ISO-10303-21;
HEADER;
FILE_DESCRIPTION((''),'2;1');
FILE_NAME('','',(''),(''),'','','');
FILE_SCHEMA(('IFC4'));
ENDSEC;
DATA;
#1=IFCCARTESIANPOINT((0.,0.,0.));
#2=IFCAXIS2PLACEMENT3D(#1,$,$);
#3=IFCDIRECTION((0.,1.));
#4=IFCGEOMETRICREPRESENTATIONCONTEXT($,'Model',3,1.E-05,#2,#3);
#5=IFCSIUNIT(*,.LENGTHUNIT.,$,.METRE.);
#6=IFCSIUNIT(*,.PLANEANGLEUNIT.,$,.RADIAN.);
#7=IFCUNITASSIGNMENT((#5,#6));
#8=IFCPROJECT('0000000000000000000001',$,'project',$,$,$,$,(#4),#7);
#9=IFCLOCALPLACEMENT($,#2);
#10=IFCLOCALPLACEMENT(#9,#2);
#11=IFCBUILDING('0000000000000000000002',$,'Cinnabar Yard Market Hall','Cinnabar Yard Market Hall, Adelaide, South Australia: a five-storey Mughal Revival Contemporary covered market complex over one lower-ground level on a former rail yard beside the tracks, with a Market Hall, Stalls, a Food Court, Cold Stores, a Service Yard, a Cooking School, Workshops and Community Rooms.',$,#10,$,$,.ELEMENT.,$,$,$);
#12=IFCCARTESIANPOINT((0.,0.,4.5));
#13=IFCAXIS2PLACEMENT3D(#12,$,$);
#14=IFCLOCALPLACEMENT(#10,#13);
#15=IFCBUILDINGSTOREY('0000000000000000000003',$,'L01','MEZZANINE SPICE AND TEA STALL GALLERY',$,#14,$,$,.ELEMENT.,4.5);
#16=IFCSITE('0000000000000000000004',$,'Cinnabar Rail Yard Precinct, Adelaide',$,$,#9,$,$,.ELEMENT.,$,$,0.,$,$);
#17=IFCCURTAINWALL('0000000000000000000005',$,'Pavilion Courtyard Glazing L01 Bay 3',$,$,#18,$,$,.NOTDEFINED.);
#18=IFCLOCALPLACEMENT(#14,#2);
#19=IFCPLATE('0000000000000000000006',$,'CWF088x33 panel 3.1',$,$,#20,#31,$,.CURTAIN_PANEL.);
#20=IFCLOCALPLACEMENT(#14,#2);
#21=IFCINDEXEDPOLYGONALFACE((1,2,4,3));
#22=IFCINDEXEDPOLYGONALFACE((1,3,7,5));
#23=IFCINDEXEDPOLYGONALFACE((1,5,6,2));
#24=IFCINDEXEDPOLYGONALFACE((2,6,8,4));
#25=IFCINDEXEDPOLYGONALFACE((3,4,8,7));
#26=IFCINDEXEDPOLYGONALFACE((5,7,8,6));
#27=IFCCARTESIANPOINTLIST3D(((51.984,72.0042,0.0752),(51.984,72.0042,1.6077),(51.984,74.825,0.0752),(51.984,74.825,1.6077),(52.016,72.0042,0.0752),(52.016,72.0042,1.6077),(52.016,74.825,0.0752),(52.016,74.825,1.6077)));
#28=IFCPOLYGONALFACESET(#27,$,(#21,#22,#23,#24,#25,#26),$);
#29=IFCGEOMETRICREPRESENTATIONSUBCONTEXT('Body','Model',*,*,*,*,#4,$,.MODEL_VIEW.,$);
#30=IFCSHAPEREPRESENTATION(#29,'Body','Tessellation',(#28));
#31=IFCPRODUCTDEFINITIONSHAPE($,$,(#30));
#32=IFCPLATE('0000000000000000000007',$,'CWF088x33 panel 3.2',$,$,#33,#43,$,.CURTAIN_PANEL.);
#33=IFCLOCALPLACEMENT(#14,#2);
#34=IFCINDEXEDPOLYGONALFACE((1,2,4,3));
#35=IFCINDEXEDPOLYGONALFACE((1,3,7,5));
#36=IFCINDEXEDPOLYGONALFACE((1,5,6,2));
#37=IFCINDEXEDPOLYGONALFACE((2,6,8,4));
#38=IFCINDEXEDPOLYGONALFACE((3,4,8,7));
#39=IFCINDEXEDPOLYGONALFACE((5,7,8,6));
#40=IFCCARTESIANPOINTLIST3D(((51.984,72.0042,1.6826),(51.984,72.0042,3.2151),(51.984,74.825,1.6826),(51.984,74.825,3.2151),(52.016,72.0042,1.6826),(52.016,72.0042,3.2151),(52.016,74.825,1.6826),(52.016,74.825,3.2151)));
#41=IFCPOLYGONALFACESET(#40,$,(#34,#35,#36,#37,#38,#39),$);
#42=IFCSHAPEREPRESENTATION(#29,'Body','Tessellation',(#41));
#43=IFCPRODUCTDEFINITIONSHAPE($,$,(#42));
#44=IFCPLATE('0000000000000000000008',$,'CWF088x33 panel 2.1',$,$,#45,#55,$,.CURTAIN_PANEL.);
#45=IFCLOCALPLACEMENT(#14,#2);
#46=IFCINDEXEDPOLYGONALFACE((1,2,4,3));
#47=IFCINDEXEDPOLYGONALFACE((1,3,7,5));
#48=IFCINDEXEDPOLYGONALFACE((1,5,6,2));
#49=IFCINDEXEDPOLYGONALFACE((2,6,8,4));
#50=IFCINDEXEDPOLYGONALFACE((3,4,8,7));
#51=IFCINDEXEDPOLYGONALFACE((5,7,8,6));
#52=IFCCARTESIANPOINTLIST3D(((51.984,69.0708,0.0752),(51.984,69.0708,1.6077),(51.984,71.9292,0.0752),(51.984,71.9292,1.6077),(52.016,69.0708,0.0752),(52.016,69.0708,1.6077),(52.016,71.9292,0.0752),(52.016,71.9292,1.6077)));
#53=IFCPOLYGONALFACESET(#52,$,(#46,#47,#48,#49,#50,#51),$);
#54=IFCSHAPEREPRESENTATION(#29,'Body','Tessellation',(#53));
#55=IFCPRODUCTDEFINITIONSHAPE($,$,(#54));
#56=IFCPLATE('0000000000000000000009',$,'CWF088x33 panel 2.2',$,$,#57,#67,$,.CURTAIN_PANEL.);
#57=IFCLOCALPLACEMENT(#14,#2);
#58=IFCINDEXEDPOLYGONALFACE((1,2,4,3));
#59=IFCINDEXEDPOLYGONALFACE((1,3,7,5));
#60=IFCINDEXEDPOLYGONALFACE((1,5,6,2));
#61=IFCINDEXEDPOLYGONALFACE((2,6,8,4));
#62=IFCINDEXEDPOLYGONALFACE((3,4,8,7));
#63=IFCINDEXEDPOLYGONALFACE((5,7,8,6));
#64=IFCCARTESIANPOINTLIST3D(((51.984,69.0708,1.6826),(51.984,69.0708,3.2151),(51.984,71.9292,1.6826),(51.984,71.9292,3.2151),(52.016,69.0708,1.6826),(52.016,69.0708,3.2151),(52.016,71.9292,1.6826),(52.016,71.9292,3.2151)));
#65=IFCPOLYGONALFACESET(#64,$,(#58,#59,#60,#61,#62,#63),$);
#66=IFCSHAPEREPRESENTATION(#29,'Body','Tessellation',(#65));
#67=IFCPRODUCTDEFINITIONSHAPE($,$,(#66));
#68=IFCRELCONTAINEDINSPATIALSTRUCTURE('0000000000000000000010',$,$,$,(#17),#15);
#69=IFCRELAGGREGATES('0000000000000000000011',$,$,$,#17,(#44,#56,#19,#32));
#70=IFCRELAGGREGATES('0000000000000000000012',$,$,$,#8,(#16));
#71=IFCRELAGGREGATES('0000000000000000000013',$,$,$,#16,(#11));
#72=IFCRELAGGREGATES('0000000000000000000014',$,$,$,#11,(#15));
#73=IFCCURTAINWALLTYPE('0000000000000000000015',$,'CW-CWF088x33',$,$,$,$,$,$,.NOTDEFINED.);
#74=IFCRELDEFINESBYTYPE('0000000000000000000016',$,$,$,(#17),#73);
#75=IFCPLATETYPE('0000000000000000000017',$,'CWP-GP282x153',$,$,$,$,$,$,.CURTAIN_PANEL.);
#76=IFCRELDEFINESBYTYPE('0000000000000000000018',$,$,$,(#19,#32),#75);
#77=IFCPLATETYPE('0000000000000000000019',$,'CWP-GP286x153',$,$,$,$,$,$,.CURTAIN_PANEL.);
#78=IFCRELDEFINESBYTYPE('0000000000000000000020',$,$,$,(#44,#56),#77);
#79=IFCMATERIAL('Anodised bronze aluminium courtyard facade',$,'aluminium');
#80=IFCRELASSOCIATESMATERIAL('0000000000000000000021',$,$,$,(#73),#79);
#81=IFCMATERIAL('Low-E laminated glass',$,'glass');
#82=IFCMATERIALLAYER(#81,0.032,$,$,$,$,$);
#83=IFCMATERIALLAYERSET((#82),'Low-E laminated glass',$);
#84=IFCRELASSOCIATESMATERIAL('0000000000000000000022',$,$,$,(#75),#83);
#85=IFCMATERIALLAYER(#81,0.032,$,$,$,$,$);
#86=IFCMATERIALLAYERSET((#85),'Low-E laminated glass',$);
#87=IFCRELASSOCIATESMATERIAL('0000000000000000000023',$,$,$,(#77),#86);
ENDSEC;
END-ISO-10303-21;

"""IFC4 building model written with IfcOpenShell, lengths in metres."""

from ifc_helpers import new_model, si_unit, direction, frame, origin, origin_2d_with_axis, place, context, subcontext, project, spatial, rectangle, extrude, material, layer, layer_set, type_object, element, aggregate, save


model = new_model("IFC4")

# Units and contexts
model_context = context("Model", 3, precision=1e-05, world=origin(), true_north=direction((0.0, 1.0)))
body_context = subcontext(model_context, "Body", "Model", "MODEL_VIEW")
ifc_project = project(units=[si_unit("LENGTHUNIT", "METRE"), si_unit("PLANEANGLEUNIT", "RADIAN")], contexts=[model_context])

# Site, building, storey
site_placement = place(None, origin())
site = spatial("IfcSite", under=ifc_project, at=site_placement, Name="Cinnabar Rail Yard Precinct, Adelaide", CompositionType="ELEMENT", RefElevation=0.0)
building_placement = place(site_placement, origin())
building = spatial("IfcBuilding", under=site, at=building_placement, Name="Cinnabar Yard Market Hall", Description="Cinnabar Yard Market Hall, Adelaide, South Australia: a five-storey Mughal Revival Contemporary covered market complex over one lower-ground level on a former rail yard beside the tracks, with a Market Hall, Stalls, a Food Court, Cold Stores, a Service Yard, a Cooking School, Workshops and Community Rooms.", CompositionType="ELEMENT")
storey_placement = place(building_placement, frame((0.0, 0.0, 4.5)))
storey = spatial("IfcBuildingStorey", under=building, at=storey_placement, Name="L01", Description="MEZZANINE SPICE AND TEA STALL GALLERY", CompositionType="ELEMENT", Elevation=4.5)

# Shared definitions
ifc_material_1 = material(Name="Anodised bronze aluminium courtyard facade", Category="aluminium")
curtain_wall_type = type_object("IfcCurtainWallType", Name="CW-CWF088x33", PredefinedType="NOTDEFINED", material=ifc_material_1)

# Curtain wall
curtain_wall_1_placement = place(storey_placement, origin())
curtain_wall_1 = element("IfcCurtainWall", 1, at=curtain_wall_1_placement, inside=storey, type_object=curtain_wall_type, Name="Pavilion Courtyard Glazing L01 Bay 3", PredefinedType="NOTDEFINED")

# Plates
ifc_material_2 = material(Name="Low-E laminated glass", Category="glass")
ifc_layer_1 = layer(ifc_material_2, 0.032)
ifc_layer_set_1 = layer_set([ifc_layer_1], Name="Low-E laminated glass")
plate_type_1 = type_object("IfcPlateType", Name="CWP-GP282x153", PredefinedType="CURTAIN_PANEL", material=ifc_layer_set_1)
plate_1_placement = place(storey_placement, frame((52.0, 73.4146, 0.0752), z_axis=(0.0, 0.0, 1.0), x_axis=(0.0, 1.0, 0.0)))
plate_1 = element("IfcPlate", 2, at=plate_1_placement, type_object=plate_type_1, Name="CWF088x33 panel 3.1", PredefinedType="CURTAIN_PANEL", context=body_context, shape_type="SweptSolid", body=[
    extrude(rectangle(XDim=2.8208, YDim=0.032, at=origin_2d_with_axis()), origin(), (0.0, 0.0, 1.0), 1.5325),
])
plate_2_placement = place(storey_placement, frame((52.0, 73.4146, 1.6826), z_axis=(0.0, 0.0, 1.0), x_axis=(0.0, 1.0, 0.0)))
plate_2 = element("IfcPlate", 3, at=plate_2_placement, type_object=plate_type_1, Name="CWF088x33 panel 3.2", PredefinedType="CURTAIN_PANEL", context=body_context, shape_type="SweptSolid", body=[
    extrude(rectangle(XDim=2.8208, YDim=0.032, at=origin_2d_with_axis()), origin(), (0.0, 0.0, 1.0), 1.5325),
])
ifc_layer_2 = layer(ifc_material_2, 0.032)
ifc_layer_set_2 = layer_set([ifc_layer_2], Name="Low-E laminated glass")
plate_type_2 = type_object("IfcPlateType", Name="CWP-GP286x153", PredefinedType="CURTAIN_PANEL", material=ifc_layer_set_2)
plate_3_placement = place(storey_placement, frame((52.0, 70.5, 0.0752), z_axis=(0.0, 0.0, 1.0), x_axis=(0.0, 1.0, 0.0)))
plate_3 = element("IfcPlate", 4, at=plate_3_placement, type_object=plate_type_2, Name="CWF088x33 panel 2.1", PredefinedType="CURTAIN_PANEL", context=body_context, shape_type="SweptSolid", body=[
    extrude(rectangle(XDim=2.8584, YDim=0.032, at=origin_2d_with_axis()), origin(), (0.0, 0.0, 1.0), 1.5325),
])
plate_4_placement = place(storey_placement, frame((52.0, 70.5, 1.6826), z_axis=(0.0, 0.0, 1.0), x_axis=(0.0, 1.0, 0.0)))
plate_4 = element("IfcPlate", 5, at=plate_4_placement, type_object=plate_type_2, Name="CWF088x33 panel 2.2", PredefinedType="CURTAIN_PANEL", context=body_context, shape_type="SweptSolid", body=[
    extrude(rectangle(XDim=2.8584, YDim=0.032, at=origin_2d_with_axis()), origin(), (0.0, 0.0, 1.0), 1.5325),
])
aggregate(curtain_wall_1, [plate_3, plate_4, plate_1, plate_2])

save(model, "model.ifc")
